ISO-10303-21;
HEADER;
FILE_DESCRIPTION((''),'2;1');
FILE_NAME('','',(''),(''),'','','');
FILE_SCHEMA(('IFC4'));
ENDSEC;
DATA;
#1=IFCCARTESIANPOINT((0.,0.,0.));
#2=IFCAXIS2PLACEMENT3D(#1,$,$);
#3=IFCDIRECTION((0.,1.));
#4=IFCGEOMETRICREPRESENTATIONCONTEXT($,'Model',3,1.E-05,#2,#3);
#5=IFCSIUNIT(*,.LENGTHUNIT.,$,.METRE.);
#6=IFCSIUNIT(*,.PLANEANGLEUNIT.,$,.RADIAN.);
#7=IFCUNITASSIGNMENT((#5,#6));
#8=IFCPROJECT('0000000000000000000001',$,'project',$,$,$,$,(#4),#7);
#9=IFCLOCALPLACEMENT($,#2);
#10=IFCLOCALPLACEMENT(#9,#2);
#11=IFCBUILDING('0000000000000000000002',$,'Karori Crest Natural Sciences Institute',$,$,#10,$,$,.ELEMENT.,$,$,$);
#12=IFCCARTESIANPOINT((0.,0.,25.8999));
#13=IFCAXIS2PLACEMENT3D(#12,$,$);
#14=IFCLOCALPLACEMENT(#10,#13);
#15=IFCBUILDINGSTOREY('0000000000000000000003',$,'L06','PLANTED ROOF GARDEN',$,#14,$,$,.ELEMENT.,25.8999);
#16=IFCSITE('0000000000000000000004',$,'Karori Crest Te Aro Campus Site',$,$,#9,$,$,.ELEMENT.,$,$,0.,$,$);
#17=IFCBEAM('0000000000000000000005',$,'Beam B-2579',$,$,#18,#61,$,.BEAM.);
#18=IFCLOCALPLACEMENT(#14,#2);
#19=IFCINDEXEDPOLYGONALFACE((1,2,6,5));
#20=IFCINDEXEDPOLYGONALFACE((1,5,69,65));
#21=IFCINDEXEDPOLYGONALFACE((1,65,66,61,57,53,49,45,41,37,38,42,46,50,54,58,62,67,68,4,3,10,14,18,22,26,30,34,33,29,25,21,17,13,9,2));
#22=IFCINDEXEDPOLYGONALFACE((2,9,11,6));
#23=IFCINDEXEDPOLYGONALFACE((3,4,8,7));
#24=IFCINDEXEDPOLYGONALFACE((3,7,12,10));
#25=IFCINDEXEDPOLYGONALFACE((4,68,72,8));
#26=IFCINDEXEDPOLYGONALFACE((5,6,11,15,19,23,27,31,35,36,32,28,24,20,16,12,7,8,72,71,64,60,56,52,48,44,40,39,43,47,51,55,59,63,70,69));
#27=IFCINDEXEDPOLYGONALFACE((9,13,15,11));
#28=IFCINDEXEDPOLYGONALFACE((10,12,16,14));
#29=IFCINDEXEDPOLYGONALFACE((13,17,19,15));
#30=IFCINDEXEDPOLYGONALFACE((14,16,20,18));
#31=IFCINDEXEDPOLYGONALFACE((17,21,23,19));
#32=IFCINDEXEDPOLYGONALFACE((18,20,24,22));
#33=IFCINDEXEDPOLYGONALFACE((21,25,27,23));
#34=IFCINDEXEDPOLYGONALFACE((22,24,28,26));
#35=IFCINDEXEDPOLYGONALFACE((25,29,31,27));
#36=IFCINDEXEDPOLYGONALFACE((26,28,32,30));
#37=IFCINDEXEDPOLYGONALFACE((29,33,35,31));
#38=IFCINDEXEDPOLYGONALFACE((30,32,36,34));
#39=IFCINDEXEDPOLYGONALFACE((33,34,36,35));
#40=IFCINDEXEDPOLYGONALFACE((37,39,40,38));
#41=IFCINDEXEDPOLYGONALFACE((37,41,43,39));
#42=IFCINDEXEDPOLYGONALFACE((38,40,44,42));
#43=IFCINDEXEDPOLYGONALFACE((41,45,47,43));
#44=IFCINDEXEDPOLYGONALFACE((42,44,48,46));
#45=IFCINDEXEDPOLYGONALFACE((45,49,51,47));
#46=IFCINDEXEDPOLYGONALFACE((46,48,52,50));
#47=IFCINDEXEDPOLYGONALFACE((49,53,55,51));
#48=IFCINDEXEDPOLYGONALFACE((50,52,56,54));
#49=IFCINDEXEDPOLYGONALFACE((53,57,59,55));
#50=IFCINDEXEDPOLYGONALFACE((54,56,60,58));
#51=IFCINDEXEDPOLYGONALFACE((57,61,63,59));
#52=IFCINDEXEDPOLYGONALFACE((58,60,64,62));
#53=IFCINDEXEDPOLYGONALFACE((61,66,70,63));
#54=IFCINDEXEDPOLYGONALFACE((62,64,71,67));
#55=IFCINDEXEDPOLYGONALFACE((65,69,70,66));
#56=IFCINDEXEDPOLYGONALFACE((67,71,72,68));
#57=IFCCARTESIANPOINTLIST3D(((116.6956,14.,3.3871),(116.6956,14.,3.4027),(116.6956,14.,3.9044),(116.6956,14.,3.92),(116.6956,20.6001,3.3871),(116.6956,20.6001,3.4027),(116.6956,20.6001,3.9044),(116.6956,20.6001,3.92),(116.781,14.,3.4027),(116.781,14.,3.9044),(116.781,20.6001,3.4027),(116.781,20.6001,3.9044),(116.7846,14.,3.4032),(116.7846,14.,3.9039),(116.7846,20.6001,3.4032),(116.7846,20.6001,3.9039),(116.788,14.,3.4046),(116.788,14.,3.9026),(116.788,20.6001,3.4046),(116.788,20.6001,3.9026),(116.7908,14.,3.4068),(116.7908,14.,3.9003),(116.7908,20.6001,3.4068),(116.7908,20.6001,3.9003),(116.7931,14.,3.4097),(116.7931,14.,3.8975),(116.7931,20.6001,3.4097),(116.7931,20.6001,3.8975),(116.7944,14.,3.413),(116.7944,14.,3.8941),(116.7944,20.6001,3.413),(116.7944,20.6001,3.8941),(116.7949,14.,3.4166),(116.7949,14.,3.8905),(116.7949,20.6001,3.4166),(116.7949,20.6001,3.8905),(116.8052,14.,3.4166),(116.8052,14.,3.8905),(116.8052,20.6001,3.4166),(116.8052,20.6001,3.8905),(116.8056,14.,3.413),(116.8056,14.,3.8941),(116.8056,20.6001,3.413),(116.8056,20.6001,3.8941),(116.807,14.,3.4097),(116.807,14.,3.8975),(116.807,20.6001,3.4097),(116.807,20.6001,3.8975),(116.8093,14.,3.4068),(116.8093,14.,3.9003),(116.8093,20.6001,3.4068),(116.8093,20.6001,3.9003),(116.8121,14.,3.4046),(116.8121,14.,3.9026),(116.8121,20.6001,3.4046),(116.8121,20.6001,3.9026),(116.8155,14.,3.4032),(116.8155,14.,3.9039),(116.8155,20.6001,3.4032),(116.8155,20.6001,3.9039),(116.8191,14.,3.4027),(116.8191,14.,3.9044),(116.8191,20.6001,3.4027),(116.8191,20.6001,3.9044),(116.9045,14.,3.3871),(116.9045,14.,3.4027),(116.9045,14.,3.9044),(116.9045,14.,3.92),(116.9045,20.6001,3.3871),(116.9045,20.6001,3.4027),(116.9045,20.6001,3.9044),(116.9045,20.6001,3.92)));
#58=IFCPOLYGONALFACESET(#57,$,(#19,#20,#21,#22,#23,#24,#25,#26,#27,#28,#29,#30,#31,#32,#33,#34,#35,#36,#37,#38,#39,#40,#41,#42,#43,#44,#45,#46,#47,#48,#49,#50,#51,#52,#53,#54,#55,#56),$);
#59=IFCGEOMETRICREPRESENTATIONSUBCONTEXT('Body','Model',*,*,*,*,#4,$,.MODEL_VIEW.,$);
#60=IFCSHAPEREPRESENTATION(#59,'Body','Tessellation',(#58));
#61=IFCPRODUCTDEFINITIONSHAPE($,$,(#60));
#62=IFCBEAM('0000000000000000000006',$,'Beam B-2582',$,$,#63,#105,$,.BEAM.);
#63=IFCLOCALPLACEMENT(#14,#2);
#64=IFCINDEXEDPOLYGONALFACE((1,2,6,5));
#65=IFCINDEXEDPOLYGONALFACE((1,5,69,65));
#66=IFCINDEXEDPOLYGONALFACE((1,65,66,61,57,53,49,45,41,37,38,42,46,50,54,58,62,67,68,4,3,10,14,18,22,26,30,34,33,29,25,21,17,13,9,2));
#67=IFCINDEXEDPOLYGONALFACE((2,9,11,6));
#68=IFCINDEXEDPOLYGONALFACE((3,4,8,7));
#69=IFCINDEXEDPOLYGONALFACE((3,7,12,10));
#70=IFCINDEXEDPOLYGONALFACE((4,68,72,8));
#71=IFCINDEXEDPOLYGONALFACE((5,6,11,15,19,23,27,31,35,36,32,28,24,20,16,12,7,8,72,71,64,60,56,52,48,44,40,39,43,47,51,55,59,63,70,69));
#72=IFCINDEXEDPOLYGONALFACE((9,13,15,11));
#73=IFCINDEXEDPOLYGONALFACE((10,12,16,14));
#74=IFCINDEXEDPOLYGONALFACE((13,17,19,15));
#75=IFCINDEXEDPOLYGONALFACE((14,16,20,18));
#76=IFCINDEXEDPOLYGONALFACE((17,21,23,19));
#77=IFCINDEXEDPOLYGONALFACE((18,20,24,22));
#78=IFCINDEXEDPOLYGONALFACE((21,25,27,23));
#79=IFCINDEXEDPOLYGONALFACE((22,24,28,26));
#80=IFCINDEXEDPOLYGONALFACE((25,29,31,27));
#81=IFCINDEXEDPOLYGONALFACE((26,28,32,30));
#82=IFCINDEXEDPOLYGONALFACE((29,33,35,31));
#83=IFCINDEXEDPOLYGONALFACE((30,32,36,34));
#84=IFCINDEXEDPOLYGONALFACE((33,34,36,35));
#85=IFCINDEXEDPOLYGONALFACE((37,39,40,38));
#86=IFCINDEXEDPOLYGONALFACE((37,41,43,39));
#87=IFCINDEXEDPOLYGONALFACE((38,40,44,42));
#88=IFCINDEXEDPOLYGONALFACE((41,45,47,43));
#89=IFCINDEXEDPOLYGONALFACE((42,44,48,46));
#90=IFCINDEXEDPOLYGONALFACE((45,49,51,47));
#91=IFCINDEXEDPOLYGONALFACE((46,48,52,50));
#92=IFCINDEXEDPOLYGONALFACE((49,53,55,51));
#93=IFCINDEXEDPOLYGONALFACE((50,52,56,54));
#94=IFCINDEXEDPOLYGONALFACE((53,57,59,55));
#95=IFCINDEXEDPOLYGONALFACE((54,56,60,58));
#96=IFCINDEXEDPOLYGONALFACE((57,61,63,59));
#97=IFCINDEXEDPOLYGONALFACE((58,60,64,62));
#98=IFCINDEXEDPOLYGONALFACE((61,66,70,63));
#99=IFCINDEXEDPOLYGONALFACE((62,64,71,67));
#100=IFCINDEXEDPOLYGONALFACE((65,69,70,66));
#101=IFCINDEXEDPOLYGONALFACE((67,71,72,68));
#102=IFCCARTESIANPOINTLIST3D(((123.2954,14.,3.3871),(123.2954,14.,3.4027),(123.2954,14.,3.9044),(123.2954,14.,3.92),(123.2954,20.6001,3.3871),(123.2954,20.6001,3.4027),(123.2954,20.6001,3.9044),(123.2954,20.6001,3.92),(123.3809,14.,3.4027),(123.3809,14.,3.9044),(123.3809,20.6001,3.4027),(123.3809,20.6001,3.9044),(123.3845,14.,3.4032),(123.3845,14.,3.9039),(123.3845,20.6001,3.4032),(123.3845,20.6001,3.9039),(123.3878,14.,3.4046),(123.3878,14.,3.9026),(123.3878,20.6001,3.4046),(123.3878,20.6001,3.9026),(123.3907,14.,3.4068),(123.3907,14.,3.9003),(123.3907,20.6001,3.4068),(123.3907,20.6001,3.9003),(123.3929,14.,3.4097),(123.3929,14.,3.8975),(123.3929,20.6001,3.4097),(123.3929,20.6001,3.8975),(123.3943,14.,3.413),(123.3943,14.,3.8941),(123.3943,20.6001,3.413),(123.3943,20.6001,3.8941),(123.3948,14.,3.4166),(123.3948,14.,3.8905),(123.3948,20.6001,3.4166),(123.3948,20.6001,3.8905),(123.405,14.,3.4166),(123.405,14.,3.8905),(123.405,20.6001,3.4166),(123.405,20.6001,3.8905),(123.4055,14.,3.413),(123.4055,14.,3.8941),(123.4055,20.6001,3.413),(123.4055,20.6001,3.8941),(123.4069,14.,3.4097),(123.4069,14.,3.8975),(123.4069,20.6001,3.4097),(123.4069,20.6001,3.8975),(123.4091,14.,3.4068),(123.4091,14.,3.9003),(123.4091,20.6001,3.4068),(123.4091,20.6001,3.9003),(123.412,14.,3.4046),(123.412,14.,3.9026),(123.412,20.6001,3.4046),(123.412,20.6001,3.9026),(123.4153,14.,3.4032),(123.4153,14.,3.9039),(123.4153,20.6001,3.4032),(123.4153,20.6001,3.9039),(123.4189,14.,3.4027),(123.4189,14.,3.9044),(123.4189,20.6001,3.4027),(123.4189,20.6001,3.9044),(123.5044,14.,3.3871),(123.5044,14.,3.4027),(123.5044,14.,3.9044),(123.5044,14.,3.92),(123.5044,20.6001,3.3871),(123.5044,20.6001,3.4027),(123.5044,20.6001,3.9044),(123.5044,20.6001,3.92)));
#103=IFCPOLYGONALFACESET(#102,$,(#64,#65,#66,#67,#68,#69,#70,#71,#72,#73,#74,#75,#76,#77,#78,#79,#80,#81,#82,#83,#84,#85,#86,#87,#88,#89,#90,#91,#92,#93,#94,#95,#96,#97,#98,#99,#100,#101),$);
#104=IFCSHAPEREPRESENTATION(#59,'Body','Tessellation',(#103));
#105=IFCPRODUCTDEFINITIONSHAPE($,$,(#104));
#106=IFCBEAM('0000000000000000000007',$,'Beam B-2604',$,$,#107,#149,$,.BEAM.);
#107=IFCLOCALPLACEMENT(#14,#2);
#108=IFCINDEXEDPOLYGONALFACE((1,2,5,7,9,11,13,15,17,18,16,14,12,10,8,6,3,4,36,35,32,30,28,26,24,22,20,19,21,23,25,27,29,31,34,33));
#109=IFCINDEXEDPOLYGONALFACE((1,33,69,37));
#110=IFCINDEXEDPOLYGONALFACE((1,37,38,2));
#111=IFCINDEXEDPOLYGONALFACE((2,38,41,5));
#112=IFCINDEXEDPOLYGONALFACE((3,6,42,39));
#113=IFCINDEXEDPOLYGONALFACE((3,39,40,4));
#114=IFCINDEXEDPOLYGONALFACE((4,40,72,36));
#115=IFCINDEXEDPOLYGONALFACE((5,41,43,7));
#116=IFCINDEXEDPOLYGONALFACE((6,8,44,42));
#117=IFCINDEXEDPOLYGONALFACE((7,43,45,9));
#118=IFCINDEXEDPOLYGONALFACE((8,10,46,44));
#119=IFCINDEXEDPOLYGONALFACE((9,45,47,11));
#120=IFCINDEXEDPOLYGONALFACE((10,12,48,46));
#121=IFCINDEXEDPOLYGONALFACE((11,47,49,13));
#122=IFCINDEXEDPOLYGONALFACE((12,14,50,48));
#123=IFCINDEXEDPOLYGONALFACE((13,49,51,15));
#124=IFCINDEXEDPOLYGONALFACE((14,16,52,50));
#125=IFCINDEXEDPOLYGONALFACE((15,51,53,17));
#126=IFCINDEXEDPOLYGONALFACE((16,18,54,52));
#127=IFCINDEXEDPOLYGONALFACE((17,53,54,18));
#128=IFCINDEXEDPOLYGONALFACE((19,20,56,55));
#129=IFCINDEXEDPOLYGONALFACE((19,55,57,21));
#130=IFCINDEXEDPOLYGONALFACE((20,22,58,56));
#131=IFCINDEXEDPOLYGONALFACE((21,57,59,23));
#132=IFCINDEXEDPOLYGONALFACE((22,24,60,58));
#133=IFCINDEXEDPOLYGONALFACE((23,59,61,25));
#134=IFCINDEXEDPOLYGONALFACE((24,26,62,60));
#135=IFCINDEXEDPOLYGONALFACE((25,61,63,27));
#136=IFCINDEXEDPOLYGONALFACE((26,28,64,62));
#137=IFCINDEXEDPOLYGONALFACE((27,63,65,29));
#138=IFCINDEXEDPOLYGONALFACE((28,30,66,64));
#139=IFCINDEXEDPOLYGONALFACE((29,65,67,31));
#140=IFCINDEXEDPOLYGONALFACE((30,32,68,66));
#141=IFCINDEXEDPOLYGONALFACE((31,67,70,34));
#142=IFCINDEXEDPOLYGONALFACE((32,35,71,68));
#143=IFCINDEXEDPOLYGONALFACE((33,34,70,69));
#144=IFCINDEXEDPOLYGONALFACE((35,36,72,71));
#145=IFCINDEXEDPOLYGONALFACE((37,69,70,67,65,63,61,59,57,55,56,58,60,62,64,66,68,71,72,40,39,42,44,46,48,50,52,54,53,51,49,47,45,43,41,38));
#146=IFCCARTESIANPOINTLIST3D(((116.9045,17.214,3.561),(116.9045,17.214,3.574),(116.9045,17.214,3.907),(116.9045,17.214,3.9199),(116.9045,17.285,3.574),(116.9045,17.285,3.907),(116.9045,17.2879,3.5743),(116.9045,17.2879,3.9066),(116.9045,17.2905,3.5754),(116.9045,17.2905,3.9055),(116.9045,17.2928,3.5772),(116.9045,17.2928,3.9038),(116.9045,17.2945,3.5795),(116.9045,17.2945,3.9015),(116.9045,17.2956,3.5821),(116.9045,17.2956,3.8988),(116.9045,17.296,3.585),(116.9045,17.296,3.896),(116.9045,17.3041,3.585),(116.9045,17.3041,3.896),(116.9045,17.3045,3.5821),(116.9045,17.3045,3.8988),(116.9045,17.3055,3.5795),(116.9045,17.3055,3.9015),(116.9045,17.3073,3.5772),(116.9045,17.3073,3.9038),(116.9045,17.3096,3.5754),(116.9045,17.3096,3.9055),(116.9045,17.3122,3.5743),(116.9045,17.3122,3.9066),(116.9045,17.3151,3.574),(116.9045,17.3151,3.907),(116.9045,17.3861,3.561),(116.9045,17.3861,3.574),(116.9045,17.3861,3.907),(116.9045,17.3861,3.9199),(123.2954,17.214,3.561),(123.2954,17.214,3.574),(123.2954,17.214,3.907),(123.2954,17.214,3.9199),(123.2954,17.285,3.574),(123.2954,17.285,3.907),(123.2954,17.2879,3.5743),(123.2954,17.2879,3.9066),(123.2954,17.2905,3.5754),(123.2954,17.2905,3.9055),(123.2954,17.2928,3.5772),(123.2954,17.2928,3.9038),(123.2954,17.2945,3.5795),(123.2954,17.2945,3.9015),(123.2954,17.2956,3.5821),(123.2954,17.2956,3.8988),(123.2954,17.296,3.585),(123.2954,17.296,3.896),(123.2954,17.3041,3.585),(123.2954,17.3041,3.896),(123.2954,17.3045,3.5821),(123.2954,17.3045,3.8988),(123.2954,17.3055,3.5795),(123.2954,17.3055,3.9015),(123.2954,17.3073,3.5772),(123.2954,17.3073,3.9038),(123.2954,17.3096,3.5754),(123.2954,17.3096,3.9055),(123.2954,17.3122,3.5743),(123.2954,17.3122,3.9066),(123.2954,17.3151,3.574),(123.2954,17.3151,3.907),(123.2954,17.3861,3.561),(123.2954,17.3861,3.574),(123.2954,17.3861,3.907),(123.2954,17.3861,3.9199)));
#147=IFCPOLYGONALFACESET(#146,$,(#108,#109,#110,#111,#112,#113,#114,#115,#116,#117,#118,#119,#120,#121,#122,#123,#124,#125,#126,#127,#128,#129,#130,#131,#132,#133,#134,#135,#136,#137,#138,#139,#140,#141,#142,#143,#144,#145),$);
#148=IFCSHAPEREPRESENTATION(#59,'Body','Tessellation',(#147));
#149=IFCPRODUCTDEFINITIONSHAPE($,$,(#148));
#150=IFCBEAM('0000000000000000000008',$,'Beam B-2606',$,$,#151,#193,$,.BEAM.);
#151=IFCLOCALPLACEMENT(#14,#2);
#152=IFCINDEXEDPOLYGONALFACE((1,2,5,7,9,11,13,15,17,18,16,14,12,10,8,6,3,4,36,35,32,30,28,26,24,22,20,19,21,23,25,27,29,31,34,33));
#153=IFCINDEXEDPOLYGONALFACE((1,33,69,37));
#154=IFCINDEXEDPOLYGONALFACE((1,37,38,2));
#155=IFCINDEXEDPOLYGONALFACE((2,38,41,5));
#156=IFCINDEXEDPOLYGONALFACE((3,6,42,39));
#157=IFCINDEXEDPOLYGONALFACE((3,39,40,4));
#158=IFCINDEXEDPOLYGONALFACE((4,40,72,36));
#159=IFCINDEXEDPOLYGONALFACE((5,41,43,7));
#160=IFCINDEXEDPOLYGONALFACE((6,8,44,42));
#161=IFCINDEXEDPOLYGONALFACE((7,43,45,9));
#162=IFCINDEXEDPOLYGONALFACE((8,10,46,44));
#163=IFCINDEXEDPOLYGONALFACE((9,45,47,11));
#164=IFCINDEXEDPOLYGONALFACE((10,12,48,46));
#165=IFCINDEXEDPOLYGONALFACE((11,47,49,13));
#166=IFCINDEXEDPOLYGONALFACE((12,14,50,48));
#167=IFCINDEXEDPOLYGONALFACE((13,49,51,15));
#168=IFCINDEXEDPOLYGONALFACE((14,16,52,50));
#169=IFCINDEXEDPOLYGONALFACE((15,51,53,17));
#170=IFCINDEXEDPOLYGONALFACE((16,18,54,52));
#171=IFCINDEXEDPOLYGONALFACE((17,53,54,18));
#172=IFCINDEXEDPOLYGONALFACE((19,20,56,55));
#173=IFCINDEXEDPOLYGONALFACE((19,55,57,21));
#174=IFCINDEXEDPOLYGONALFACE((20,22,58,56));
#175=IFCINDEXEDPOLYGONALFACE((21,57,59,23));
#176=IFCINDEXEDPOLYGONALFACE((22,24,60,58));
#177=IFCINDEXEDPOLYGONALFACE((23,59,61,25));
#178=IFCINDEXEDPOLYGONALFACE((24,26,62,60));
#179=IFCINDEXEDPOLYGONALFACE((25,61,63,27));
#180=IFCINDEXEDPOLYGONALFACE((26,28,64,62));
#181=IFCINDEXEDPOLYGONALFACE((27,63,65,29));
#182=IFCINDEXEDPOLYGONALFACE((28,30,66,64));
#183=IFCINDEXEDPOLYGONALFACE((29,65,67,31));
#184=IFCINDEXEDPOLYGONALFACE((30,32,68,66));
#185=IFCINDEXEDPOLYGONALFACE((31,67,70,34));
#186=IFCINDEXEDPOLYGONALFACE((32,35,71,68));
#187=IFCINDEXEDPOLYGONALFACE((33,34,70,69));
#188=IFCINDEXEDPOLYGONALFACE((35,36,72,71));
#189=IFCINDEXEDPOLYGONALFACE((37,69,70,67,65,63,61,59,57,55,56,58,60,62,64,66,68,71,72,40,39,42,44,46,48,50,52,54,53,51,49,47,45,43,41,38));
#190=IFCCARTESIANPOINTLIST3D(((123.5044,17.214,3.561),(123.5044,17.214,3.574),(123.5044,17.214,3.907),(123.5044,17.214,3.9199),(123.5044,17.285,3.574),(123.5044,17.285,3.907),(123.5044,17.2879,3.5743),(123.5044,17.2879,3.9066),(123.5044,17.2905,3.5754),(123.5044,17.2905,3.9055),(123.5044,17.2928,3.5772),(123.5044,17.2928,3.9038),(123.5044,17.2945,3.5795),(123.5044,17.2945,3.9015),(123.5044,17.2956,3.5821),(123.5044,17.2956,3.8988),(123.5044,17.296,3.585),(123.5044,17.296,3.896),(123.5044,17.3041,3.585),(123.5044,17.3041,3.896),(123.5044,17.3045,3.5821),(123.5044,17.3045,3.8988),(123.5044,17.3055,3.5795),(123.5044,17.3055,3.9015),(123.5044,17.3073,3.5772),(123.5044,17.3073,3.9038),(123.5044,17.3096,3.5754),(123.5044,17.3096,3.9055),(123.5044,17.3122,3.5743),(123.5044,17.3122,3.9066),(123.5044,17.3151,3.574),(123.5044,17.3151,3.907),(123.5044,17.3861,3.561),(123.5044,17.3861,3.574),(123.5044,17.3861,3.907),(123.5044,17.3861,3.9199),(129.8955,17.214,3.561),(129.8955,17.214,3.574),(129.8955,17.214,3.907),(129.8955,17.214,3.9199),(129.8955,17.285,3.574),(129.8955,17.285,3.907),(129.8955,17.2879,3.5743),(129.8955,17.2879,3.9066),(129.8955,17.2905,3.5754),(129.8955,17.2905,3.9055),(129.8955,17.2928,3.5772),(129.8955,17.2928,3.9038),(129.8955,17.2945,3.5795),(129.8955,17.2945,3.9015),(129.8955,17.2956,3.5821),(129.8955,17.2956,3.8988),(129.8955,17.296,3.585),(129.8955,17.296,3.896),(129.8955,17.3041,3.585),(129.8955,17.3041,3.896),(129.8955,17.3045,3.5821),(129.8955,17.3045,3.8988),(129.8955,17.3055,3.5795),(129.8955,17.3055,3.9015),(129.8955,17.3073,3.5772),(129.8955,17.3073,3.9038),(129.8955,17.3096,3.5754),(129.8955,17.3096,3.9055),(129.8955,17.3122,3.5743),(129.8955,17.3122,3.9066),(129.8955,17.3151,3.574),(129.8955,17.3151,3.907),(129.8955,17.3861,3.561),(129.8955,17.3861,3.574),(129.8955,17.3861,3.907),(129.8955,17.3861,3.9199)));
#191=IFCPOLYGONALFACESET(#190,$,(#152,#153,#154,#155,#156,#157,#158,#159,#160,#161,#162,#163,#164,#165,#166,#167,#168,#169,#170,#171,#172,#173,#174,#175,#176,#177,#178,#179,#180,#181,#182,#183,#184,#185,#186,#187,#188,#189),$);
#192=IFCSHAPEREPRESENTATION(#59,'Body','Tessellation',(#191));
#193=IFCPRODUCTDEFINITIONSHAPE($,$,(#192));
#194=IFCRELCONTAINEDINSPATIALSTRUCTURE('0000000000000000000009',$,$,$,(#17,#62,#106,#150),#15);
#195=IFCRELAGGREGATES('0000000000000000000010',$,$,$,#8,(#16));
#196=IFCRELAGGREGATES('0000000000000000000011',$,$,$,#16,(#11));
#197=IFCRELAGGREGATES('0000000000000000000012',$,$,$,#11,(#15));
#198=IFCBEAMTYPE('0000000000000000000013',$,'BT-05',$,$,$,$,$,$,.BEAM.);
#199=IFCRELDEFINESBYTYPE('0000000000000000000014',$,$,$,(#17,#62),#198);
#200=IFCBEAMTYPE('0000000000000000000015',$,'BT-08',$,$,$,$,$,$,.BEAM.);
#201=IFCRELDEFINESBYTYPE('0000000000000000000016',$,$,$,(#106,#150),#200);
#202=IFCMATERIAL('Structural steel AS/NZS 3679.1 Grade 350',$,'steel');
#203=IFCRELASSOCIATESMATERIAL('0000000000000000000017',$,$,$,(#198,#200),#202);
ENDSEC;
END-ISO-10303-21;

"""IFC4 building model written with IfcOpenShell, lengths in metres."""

from ifc_helpers import new_model, si_unit, direction, frame, origin, origin_2d, place, context, subcontext, project, spatial, i_section, extrude, material, material_profile, profile_set, type_object, element, save


model = new_model("IFC4")

# Units and contexts
model_context = context("Model", 3, precision=1e-05, world=origin(), true_north=direction((0.0, 1.0)))
body_context = subcontext(model_context, "Body", "Model", "MODEL_VIEW")
ifc_project = project(units=[si_unit("LENGTHUNIT", "METRE"), si_unit("PLANEANGLEUNIT", "RADIAN")], contexts=[model_context])

# Site, building, storey
site_placement = place(None, origin())
site = spatial("IfcSite", under=ifc_project, at=site_placement, Name="Karori Crest Te Aro Campus Site", CompositionType="ELEMENT", RefElevation=0.0)
building_placement = place(site_placement, origin())
building = spatial("IfcBuilding", under=site, at=building_placement, Name="Karori Crest Natural Sciences Institute", CompositionType="ELEMENT")
storey_placement = place(building_placement, frame((0.0, 0.0, 25.8999)))
storey = spatial("IfcBuildingStorey", under=building, at=storey_placement, Name="L06", Description="PLANTED ROOF GARDEN", CompositionType="ELEMENT", Elevation=25.8999)

# Shared definitions
ifc_material_1 = material(Name="Structural steel AS/NZS 3679.1 Grade 350", Category="steel")

# Beams
ifc_material_profile_1 = material_profile(ifc_material_1, i_section(OverallWidth=0.209, OverallDepth=0.533, WebThickness=0.0103, FlangeThickness=0.0156, FilletRadius=0.0139, at=origin_2d()), Name="530UB92.4")
ifc_profile_set_1 = profile_set([ifc_material_profile_1], Name="Structural steel AS/NZS 3679.1 Grade 350")
beam_type_1 = type_object("IfcBeamType", Name="BT-05", PredefinedType="BEAM", material=ifc_profile_set_1)
for number, where, z_axis, x_axis, name in (
    (1, (116.8, 14.0, 3.6536), (0.0, 1.0, 0.0), (-1.0, 0.0, 0.0), "Beam B-2579"),
    (2, (123.3999, 14.0, 3.6536), (0.0, 1.0, 0.0), (-1.0, 0.0, 0.0), "Beam B-2582"),
):
    element("IfcBeam", number, at=place(storey_placement, frame(where, z_axis=z_axis, x_axis=x_axis)), inside=storey, type_object=beam_type_1, Name=name, PredefinedType="BEAM", context=body_context, shape_type="SweptSolid", body=[
        extrude(i_section(OverallWidth=0.209, OverallDepth=0.533, WebThickness=0.0103, FlangeThickness=0.0156, FilletRadius=0.0139, at=origin_2d()), origin(), (0.0, 0.0, 1.0), 6.6001),
    ])
ifc_material_profile_2 = material_profile(ifc_material_1, i_section(OverallWidth=0.1721, OverallDepth=0.3589, WebThickness=0.0081, FlangeThickness=0.0129, FilletRadius=0.011, at=origin_2d()), Name="360UB56.7")
ifc_profile_set_2 = profile_set([ifc_material_profile_2], Name="Structural steel AS/NZS 3679.1 Grade 350")
beam_type_2 = type_object("IfcBeamType", Name="BT-08", PredefinedType="BEAM", material=ifc_profile_set_2)
beam_1_placement = place(storey_placement, frame((116.9045, 17.3, 3.7405), z_axis=(1.0, 0.0, 0.0), x_axis=(0.0, 1.0, 0.0)))
element("IfcBeam", 3, at=beam_1_placement, inside=storey, type_object=beam_type_2, Name="Beam B-2604", PredefinedType="BEAM", context=body_context, shape_type="SweptSolid", body=[
    extrude(i_section(OverallWidth=0.1721, OverallDepth=0.3589, WebThickness=0.0081, FlangeThickness=0.0129, FilletRadius=0.011, at=origin_2d()), origin(), (0.0, 0.0, 1.0), 6.3909),
])
beam_2_placement = place(storey_placement, frame((123.5044, 17.3, 3.7405), z_axis=(1.0, 0.0, 0.0), x_axis=(0.0, 1.0, 0.0)))
element("IfcBeam", 4, at=beam_2_placement, inside=storey, type_object=beam_type_2, Name="Beam B-2606", PredefinedType="BEAM", context=body_context, shape_type="SweptSolid", body=[
    extrude(i_section(OverallWidth=0.1721, OverallDepth=0.3589, WebThickness=0.0081, FlangeThickness=0.0129, FilletRadius=0.011, at=origin_2d()), origin(), (0.0, 0.0, 1.0), 6.3911),
])

save(model, "model.ifc")
